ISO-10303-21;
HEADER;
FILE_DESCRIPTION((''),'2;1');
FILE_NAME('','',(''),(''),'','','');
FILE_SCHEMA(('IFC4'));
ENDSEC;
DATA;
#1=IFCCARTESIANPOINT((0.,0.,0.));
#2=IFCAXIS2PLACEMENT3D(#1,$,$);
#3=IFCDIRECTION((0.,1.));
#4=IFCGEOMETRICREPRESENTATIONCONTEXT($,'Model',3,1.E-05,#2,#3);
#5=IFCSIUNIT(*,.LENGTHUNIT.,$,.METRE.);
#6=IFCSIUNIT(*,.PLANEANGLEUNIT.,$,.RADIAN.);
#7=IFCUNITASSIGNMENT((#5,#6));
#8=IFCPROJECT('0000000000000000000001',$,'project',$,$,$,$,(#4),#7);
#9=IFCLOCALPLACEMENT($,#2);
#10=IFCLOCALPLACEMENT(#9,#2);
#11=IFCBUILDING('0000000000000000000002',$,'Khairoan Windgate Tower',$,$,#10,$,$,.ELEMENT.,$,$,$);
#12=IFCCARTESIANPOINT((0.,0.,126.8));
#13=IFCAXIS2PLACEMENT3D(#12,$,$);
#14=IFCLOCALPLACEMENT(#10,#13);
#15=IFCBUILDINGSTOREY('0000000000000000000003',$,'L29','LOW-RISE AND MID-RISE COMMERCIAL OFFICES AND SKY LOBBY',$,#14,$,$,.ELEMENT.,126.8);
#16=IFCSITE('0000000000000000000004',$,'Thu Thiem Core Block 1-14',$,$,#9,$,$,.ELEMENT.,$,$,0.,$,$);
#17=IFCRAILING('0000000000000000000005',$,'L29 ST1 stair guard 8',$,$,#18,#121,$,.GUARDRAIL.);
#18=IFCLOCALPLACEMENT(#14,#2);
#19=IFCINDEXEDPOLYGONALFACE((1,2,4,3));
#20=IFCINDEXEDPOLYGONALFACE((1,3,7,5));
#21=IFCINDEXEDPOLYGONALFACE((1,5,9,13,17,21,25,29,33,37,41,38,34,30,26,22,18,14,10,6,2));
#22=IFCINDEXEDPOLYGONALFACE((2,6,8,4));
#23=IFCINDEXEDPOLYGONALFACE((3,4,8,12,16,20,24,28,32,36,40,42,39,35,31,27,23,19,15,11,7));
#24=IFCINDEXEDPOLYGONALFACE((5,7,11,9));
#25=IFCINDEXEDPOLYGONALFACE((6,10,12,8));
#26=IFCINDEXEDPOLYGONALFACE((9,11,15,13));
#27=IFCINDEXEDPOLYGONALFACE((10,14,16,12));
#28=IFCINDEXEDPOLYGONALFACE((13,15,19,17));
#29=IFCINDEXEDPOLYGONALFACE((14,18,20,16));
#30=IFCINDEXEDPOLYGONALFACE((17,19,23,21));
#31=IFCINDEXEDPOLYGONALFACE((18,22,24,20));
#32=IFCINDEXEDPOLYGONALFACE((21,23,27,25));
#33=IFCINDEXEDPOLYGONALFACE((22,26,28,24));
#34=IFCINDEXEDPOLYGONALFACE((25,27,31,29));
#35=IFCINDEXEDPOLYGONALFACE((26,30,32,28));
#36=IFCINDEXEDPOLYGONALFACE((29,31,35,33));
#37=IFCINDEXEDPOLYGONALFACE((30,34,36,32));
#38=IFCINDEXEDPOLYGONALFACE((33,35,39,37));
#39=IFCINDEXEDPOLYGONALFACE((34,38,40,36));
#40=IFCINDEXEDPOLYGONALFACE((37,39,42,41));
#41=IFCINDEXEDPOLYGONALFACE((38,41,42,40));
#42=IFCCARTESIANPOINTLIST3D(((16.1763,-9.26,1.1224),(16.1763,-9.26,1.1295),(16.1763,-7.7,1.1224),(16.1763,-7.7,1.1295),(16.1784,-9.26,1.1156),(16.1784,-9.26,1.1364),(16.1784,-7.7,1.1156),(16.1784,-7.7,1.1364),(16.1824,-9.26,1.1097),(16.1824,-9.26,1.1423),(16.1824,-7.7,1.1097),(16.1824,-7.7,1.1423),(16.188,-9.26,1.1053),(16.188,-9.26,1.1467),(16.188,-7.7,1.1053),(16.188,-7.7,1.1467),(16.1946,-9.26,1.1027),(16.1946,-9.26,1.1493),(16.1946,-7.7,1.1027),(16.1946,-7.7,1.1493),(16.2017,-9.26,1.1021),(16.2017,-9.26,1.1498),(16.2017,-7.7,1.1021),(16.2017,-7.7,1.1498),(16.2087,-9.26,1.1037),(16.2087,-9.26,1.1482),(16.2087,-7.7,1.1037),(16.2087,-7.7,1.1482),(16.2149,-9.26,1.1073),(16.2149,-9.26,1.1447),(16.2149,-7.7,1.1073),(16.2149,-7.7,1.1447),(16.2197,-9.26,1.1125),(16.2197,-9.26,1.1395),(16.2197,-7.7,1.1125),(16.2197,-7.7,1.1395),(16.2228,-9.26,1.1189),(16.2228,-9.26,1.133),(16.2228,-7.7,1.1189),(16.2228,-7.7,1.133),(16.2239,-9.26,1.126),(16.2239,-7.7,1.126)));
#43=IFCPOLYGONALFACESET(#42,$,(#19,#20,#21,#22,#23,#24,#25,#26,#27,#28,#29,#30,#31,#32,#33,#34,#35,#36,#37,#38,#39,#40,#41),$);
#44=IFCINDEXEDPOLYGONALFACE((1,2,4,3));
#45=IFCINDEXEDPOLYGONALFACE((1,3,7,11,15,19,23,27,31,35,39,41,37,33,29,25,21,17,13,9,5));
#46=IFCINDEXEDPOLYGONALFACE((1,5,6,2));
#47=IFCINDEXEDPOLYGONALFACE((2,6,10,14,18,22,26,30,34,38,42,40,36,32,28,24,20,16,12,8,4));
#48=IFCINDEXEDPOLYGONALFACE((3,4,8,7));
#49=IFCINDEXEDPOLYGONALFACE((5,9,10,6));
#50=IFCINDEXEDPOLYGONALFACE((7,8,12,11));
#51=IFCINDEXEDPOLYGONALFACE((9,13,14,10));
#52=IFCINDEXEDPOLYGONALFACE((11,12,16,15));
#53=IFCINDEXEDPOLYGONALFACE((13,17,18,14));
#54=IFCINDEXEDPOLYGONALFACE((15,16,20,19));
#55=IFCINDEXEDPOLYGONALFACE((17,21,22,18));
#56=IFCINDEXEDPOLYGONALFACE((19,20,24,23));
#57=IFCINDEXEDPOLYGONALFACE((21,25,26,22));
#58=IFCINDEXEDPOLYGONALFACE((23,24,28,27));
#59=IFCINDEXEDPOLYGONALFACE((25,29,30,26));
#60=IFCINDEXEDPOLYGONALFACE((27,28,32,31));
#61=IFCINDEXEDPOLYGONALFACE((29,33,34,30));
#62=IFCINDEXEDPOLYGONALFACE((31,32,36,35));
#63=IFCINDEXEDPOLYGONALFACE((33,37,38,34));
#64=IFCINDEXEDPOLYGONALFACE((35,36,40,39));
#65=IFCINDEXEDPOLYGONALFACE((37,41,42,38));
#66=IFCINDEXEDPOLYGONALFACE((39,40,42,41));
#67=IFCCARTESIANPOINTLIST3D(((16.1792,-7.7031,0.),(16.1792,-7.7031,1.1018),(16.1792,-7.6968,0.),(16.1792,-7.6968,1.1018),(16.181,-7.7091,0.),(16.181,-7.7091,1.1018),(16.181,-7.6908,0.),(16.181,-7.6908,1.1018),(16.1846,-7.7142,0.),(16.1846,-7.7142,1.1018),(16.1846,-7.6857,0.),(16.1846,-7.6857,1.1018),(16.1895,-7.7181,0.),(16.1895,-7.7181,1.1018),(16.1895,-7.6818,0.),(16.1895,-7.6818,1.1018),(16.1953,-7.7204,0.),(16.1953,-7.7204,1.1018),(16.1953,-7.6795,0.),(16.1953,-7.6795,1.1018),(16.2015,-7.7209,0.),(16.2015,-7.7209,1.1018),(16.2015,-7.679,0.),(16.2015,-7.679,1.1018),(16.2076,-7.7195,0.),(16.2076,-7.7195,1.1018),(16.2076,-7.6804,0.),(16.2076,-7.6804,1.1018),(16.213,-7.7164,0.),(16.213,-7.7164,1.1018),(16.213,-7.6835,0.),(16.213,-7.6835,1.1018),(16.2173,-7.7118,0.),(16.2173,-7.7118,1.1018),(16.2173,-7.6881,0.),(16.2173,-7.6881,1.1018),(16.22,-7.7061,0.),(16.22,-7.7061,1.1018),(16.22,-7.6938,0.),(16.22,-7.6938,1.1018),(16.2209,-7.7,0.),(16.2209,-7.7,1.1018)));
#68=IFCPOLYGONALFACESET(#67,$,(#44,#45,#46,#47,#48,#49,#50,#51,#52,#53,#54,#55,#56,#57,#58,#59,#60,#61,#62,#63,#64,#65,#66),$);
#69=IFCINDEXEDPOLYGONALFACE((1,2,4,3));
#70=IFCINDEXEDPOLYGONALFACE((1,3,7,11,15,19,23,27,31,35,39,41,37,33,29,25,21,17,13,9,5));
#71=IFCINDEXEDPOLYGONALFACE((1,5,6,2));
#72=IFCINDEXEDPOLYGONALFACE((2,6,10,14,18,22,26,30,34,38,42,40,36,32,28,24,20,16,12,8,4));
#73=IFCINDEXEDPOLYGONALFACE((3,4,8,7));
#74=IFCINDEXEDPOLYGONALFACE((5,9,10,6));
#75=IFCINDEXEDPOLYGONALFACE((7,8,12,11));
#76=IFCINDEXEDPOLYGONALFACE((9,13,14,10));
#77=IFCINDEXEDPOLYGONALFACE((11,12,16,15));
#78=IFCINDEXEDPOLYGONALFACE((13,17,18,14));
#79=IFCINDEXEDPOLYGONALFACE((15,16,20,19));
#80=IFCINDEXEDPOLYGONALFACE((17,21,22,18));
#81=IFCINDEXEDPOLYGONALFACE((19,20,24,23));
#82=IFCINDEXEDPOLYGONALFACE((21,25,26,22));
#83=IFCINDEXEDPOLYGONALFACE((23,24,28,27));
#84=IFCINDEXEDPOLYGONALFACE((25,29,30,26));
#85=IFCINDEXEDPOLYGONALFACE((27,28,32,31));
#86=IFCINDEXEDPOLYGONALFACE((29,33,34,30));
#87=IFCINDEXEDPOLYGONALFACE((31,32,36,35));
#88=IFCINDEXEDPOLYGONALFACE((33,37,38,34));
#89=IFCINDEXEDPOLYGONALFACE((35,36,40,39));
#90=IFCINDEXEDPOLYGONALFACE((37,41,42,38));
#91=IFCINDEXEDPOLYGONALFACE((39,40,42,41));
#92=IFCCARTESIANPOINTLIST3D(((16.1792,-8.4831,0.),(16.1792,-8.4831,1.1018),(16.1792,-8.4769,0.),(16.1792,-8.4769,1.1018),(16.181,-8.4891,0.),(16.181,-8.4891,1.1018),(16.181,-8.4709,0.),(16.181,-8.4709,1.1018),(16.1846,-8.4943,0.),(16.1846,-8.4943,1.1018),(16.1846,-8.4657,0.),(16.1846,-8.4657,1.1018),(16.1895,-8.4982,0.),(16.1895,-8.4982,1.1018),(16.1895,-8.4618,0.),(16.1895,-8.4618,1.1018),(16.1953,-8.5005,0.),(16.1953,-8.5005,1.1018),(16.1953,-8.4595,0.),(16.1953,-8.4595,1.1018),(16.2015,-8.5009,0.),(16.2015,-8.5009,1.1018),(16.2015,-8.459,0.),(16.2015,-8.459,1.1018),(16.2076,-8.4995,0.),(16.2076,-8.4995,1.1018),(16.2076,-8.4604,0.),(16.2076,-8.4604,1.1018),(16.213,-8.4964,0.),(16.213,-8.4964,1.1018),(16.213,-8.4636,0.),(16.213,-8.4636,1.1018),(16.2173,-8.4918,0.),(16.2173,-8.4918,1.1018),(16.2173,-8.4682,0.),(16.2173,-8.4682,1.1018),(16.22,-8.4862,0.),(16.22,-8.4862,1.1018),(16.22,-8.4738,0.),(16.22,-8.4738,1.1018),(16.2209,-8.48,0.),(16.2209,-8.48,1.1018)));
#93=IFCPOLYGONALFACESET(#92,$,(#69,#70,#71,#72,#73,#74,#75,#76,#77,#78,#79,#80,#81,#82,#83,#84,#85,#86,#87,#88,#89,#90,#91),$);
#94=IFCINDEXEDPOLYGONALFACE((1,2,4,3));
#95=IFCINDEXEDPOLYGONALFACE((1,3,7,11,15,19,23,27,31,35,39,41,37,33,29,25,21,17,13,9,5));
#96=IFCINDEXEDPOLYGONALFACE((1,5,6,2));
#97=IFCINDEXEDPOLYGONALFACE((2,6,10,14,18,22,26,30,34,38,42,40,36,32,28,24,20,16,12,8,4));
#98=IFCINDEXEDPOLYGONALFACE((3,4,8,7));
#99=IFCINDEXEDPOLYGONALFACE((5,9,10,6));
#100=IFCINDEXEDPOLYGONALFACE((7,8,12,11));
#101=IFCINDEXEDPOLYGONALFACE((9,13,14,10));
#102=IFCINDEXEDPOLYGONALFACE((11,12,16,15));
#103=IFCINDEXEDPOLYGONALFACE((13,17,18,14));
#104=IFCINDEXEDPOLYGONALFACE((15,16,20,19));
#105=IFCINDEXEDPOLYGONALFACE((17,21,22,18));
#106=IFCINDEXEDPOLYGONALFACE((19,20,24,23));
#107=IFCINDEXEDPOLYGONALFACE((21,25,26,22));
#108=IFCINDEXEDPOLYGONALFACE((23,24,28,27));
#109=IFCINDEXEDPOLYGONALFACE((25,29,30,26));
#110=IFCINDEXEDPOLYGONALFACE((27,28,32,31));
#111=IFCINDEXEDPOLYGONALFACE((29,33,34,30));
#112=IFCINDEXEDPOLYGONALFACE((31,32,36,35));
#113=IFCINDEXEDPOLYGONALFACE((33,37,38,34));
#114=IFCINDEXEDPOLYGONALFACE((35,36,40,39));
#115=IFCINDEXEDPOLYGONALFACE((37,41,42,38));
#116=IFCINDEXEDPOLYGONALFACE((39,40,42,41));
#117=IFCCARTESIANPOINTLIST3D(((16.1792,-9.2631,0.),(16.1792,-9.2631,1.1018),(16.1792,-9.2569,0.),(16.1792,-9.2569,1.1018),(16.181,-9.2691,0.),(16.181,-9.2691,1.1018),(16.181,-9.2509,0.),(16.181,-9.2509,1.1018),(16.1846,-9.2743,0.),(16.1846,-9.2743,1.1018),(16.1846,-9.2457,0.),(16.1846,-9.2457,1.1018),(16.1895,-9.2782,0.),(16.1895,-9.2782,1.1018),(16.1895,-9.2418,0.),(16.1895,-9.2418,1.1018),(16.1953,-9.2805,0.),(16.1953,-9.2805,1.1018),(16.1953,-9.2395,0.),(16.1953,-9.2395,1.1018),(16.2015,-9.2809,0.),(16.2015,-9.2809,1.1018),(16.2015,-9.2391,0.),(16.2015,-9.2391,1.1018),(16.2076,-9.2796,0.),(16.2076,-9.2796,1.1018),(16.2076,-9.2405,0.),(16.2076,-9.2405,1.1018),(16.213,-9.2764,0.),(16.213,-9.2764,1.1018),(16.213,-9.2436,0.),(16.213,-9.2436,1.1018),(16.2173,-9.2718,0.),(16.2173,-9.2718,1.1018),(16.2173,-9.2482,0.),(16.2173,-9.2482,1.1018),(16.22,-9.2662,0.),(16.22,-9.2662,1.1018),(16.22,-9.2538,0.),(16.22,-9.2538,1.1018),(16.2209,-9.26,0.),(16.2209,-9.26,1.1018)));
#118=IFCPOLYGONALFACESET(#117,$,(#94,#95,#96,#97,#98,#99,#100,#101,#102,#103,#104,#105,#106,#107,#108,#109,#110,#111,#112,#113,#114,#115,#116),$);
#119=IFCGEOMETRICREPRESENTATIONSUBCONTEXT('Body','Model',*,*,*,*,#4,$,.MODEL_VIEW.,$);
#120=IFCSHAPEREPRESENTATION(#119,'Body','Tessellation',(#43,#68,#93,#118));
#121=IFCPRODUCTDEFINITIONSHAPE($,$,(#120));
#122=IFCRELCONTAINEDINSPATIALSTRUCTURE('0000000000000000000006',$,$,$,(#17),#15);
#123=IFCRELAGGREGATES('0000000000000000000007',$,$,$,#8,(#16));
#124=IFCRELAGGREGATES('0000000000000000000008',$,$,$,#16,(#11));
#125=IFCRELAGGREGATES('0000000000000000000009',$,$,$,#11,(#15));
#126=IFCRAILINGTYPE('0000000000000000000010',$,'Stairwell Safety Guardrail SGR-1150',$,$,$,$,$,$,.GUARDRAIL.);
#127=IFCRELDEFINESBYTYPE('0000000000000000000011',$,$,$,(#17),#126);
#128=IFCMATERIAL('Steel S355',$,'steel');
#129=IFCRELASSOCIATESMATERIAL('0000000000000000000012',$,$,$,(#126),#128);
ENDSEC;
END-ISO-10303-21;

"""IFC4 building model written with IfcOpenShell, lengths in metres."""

from ifc_helpers import new_model, si_unit, direction, frame, origin, origin_2d, place, context, subcontext, project, spatial, circle, extrude, material, type_object, element, save


model = new_model("IFC4")

# Units and contexts
model_context = context("Model", 3, precision=1e-05, world=origin(), true_north=direction((0.0, 1.0)))
body_context = subcontext(model_context, "Body", "Model", "MODEL_VIEW")
ifc_project = project(units=[si_unit("LENGTHUNIT", "METRE"), si_unit("PLANEANGLEUNIT", "RADIAN")], contexts=[model_context])

# Site, building, storey
site_placement = place(None, origin())
site = spatial("IfcSite", under=ifc_project, at=site_placement, Name="Thu Thiem Core Block 1-14", CompositionType="ELEMENT", RefElevation=0.0)
building_placement = place(site_placement, origin())
building = spatial("IfcBuilding", under=site, at=building_placement, Name="Khairoan Windgate Tower", CompositionType="ELEMENT")
storey_placement = place(building_placement, frame((0.0, 0.0, 126.8)))
storey = spatial("IfcBuildingStorey", under=building, at=storey_placement, Name="L29", Description="LOW-RISE AND MID-RISE COMMERCIAL OFFICES AND SKY LOBBY", CompositionType="ELEMENT", Elevation=126.8)

# Railing
ifc_material_1 = material(Name="Steel S355", Category="steel")
railing_type_1 = type_object("IfcRailingType", Name="Stairwell Safety Guardrail SGR-1150", PredefinedType="GUARDRAIL", material=ifc_material_1)
railing_1_placement = place(storey_placement, frame((16.2, -7.7, 0.0)))
element("IfcRailing", 1, at=railing_1_placement, inside=storey, type_object=railing_type_1, Name="L29 ST1 stair guard 8", PredefinedType="GUARDRAIL", context=body_context, shape_type="SweptSolid", body=[
    extrude(circle(Radius=0.0239, at=origin_2d()), frame((0.0, 0.0, 1.126), z_axis=(0.0, -1.0, 0.0), x_axis=(1.0, 0.0, 0.0)), (0.0, 0.0, 1.0), 1.5601),
    extrude(circle(Radius=0.021, at=origin_2d()), origin(), (0.0, 0.0, 1.0), 1.1018),
    extrude(circle(Radius=0.021, at=origin_2d()), frame((0.0, -0.78, 0.0)), (0.0, 0.0, 1.0), 1.1018),
    extrude(circle(Radius=0.021, at=origin_2d()), frame((0.0, -1.5601, 0.0)), (0.0, 0.0, 1.0), 1.1018),
])

save(model, "model.ifc")
